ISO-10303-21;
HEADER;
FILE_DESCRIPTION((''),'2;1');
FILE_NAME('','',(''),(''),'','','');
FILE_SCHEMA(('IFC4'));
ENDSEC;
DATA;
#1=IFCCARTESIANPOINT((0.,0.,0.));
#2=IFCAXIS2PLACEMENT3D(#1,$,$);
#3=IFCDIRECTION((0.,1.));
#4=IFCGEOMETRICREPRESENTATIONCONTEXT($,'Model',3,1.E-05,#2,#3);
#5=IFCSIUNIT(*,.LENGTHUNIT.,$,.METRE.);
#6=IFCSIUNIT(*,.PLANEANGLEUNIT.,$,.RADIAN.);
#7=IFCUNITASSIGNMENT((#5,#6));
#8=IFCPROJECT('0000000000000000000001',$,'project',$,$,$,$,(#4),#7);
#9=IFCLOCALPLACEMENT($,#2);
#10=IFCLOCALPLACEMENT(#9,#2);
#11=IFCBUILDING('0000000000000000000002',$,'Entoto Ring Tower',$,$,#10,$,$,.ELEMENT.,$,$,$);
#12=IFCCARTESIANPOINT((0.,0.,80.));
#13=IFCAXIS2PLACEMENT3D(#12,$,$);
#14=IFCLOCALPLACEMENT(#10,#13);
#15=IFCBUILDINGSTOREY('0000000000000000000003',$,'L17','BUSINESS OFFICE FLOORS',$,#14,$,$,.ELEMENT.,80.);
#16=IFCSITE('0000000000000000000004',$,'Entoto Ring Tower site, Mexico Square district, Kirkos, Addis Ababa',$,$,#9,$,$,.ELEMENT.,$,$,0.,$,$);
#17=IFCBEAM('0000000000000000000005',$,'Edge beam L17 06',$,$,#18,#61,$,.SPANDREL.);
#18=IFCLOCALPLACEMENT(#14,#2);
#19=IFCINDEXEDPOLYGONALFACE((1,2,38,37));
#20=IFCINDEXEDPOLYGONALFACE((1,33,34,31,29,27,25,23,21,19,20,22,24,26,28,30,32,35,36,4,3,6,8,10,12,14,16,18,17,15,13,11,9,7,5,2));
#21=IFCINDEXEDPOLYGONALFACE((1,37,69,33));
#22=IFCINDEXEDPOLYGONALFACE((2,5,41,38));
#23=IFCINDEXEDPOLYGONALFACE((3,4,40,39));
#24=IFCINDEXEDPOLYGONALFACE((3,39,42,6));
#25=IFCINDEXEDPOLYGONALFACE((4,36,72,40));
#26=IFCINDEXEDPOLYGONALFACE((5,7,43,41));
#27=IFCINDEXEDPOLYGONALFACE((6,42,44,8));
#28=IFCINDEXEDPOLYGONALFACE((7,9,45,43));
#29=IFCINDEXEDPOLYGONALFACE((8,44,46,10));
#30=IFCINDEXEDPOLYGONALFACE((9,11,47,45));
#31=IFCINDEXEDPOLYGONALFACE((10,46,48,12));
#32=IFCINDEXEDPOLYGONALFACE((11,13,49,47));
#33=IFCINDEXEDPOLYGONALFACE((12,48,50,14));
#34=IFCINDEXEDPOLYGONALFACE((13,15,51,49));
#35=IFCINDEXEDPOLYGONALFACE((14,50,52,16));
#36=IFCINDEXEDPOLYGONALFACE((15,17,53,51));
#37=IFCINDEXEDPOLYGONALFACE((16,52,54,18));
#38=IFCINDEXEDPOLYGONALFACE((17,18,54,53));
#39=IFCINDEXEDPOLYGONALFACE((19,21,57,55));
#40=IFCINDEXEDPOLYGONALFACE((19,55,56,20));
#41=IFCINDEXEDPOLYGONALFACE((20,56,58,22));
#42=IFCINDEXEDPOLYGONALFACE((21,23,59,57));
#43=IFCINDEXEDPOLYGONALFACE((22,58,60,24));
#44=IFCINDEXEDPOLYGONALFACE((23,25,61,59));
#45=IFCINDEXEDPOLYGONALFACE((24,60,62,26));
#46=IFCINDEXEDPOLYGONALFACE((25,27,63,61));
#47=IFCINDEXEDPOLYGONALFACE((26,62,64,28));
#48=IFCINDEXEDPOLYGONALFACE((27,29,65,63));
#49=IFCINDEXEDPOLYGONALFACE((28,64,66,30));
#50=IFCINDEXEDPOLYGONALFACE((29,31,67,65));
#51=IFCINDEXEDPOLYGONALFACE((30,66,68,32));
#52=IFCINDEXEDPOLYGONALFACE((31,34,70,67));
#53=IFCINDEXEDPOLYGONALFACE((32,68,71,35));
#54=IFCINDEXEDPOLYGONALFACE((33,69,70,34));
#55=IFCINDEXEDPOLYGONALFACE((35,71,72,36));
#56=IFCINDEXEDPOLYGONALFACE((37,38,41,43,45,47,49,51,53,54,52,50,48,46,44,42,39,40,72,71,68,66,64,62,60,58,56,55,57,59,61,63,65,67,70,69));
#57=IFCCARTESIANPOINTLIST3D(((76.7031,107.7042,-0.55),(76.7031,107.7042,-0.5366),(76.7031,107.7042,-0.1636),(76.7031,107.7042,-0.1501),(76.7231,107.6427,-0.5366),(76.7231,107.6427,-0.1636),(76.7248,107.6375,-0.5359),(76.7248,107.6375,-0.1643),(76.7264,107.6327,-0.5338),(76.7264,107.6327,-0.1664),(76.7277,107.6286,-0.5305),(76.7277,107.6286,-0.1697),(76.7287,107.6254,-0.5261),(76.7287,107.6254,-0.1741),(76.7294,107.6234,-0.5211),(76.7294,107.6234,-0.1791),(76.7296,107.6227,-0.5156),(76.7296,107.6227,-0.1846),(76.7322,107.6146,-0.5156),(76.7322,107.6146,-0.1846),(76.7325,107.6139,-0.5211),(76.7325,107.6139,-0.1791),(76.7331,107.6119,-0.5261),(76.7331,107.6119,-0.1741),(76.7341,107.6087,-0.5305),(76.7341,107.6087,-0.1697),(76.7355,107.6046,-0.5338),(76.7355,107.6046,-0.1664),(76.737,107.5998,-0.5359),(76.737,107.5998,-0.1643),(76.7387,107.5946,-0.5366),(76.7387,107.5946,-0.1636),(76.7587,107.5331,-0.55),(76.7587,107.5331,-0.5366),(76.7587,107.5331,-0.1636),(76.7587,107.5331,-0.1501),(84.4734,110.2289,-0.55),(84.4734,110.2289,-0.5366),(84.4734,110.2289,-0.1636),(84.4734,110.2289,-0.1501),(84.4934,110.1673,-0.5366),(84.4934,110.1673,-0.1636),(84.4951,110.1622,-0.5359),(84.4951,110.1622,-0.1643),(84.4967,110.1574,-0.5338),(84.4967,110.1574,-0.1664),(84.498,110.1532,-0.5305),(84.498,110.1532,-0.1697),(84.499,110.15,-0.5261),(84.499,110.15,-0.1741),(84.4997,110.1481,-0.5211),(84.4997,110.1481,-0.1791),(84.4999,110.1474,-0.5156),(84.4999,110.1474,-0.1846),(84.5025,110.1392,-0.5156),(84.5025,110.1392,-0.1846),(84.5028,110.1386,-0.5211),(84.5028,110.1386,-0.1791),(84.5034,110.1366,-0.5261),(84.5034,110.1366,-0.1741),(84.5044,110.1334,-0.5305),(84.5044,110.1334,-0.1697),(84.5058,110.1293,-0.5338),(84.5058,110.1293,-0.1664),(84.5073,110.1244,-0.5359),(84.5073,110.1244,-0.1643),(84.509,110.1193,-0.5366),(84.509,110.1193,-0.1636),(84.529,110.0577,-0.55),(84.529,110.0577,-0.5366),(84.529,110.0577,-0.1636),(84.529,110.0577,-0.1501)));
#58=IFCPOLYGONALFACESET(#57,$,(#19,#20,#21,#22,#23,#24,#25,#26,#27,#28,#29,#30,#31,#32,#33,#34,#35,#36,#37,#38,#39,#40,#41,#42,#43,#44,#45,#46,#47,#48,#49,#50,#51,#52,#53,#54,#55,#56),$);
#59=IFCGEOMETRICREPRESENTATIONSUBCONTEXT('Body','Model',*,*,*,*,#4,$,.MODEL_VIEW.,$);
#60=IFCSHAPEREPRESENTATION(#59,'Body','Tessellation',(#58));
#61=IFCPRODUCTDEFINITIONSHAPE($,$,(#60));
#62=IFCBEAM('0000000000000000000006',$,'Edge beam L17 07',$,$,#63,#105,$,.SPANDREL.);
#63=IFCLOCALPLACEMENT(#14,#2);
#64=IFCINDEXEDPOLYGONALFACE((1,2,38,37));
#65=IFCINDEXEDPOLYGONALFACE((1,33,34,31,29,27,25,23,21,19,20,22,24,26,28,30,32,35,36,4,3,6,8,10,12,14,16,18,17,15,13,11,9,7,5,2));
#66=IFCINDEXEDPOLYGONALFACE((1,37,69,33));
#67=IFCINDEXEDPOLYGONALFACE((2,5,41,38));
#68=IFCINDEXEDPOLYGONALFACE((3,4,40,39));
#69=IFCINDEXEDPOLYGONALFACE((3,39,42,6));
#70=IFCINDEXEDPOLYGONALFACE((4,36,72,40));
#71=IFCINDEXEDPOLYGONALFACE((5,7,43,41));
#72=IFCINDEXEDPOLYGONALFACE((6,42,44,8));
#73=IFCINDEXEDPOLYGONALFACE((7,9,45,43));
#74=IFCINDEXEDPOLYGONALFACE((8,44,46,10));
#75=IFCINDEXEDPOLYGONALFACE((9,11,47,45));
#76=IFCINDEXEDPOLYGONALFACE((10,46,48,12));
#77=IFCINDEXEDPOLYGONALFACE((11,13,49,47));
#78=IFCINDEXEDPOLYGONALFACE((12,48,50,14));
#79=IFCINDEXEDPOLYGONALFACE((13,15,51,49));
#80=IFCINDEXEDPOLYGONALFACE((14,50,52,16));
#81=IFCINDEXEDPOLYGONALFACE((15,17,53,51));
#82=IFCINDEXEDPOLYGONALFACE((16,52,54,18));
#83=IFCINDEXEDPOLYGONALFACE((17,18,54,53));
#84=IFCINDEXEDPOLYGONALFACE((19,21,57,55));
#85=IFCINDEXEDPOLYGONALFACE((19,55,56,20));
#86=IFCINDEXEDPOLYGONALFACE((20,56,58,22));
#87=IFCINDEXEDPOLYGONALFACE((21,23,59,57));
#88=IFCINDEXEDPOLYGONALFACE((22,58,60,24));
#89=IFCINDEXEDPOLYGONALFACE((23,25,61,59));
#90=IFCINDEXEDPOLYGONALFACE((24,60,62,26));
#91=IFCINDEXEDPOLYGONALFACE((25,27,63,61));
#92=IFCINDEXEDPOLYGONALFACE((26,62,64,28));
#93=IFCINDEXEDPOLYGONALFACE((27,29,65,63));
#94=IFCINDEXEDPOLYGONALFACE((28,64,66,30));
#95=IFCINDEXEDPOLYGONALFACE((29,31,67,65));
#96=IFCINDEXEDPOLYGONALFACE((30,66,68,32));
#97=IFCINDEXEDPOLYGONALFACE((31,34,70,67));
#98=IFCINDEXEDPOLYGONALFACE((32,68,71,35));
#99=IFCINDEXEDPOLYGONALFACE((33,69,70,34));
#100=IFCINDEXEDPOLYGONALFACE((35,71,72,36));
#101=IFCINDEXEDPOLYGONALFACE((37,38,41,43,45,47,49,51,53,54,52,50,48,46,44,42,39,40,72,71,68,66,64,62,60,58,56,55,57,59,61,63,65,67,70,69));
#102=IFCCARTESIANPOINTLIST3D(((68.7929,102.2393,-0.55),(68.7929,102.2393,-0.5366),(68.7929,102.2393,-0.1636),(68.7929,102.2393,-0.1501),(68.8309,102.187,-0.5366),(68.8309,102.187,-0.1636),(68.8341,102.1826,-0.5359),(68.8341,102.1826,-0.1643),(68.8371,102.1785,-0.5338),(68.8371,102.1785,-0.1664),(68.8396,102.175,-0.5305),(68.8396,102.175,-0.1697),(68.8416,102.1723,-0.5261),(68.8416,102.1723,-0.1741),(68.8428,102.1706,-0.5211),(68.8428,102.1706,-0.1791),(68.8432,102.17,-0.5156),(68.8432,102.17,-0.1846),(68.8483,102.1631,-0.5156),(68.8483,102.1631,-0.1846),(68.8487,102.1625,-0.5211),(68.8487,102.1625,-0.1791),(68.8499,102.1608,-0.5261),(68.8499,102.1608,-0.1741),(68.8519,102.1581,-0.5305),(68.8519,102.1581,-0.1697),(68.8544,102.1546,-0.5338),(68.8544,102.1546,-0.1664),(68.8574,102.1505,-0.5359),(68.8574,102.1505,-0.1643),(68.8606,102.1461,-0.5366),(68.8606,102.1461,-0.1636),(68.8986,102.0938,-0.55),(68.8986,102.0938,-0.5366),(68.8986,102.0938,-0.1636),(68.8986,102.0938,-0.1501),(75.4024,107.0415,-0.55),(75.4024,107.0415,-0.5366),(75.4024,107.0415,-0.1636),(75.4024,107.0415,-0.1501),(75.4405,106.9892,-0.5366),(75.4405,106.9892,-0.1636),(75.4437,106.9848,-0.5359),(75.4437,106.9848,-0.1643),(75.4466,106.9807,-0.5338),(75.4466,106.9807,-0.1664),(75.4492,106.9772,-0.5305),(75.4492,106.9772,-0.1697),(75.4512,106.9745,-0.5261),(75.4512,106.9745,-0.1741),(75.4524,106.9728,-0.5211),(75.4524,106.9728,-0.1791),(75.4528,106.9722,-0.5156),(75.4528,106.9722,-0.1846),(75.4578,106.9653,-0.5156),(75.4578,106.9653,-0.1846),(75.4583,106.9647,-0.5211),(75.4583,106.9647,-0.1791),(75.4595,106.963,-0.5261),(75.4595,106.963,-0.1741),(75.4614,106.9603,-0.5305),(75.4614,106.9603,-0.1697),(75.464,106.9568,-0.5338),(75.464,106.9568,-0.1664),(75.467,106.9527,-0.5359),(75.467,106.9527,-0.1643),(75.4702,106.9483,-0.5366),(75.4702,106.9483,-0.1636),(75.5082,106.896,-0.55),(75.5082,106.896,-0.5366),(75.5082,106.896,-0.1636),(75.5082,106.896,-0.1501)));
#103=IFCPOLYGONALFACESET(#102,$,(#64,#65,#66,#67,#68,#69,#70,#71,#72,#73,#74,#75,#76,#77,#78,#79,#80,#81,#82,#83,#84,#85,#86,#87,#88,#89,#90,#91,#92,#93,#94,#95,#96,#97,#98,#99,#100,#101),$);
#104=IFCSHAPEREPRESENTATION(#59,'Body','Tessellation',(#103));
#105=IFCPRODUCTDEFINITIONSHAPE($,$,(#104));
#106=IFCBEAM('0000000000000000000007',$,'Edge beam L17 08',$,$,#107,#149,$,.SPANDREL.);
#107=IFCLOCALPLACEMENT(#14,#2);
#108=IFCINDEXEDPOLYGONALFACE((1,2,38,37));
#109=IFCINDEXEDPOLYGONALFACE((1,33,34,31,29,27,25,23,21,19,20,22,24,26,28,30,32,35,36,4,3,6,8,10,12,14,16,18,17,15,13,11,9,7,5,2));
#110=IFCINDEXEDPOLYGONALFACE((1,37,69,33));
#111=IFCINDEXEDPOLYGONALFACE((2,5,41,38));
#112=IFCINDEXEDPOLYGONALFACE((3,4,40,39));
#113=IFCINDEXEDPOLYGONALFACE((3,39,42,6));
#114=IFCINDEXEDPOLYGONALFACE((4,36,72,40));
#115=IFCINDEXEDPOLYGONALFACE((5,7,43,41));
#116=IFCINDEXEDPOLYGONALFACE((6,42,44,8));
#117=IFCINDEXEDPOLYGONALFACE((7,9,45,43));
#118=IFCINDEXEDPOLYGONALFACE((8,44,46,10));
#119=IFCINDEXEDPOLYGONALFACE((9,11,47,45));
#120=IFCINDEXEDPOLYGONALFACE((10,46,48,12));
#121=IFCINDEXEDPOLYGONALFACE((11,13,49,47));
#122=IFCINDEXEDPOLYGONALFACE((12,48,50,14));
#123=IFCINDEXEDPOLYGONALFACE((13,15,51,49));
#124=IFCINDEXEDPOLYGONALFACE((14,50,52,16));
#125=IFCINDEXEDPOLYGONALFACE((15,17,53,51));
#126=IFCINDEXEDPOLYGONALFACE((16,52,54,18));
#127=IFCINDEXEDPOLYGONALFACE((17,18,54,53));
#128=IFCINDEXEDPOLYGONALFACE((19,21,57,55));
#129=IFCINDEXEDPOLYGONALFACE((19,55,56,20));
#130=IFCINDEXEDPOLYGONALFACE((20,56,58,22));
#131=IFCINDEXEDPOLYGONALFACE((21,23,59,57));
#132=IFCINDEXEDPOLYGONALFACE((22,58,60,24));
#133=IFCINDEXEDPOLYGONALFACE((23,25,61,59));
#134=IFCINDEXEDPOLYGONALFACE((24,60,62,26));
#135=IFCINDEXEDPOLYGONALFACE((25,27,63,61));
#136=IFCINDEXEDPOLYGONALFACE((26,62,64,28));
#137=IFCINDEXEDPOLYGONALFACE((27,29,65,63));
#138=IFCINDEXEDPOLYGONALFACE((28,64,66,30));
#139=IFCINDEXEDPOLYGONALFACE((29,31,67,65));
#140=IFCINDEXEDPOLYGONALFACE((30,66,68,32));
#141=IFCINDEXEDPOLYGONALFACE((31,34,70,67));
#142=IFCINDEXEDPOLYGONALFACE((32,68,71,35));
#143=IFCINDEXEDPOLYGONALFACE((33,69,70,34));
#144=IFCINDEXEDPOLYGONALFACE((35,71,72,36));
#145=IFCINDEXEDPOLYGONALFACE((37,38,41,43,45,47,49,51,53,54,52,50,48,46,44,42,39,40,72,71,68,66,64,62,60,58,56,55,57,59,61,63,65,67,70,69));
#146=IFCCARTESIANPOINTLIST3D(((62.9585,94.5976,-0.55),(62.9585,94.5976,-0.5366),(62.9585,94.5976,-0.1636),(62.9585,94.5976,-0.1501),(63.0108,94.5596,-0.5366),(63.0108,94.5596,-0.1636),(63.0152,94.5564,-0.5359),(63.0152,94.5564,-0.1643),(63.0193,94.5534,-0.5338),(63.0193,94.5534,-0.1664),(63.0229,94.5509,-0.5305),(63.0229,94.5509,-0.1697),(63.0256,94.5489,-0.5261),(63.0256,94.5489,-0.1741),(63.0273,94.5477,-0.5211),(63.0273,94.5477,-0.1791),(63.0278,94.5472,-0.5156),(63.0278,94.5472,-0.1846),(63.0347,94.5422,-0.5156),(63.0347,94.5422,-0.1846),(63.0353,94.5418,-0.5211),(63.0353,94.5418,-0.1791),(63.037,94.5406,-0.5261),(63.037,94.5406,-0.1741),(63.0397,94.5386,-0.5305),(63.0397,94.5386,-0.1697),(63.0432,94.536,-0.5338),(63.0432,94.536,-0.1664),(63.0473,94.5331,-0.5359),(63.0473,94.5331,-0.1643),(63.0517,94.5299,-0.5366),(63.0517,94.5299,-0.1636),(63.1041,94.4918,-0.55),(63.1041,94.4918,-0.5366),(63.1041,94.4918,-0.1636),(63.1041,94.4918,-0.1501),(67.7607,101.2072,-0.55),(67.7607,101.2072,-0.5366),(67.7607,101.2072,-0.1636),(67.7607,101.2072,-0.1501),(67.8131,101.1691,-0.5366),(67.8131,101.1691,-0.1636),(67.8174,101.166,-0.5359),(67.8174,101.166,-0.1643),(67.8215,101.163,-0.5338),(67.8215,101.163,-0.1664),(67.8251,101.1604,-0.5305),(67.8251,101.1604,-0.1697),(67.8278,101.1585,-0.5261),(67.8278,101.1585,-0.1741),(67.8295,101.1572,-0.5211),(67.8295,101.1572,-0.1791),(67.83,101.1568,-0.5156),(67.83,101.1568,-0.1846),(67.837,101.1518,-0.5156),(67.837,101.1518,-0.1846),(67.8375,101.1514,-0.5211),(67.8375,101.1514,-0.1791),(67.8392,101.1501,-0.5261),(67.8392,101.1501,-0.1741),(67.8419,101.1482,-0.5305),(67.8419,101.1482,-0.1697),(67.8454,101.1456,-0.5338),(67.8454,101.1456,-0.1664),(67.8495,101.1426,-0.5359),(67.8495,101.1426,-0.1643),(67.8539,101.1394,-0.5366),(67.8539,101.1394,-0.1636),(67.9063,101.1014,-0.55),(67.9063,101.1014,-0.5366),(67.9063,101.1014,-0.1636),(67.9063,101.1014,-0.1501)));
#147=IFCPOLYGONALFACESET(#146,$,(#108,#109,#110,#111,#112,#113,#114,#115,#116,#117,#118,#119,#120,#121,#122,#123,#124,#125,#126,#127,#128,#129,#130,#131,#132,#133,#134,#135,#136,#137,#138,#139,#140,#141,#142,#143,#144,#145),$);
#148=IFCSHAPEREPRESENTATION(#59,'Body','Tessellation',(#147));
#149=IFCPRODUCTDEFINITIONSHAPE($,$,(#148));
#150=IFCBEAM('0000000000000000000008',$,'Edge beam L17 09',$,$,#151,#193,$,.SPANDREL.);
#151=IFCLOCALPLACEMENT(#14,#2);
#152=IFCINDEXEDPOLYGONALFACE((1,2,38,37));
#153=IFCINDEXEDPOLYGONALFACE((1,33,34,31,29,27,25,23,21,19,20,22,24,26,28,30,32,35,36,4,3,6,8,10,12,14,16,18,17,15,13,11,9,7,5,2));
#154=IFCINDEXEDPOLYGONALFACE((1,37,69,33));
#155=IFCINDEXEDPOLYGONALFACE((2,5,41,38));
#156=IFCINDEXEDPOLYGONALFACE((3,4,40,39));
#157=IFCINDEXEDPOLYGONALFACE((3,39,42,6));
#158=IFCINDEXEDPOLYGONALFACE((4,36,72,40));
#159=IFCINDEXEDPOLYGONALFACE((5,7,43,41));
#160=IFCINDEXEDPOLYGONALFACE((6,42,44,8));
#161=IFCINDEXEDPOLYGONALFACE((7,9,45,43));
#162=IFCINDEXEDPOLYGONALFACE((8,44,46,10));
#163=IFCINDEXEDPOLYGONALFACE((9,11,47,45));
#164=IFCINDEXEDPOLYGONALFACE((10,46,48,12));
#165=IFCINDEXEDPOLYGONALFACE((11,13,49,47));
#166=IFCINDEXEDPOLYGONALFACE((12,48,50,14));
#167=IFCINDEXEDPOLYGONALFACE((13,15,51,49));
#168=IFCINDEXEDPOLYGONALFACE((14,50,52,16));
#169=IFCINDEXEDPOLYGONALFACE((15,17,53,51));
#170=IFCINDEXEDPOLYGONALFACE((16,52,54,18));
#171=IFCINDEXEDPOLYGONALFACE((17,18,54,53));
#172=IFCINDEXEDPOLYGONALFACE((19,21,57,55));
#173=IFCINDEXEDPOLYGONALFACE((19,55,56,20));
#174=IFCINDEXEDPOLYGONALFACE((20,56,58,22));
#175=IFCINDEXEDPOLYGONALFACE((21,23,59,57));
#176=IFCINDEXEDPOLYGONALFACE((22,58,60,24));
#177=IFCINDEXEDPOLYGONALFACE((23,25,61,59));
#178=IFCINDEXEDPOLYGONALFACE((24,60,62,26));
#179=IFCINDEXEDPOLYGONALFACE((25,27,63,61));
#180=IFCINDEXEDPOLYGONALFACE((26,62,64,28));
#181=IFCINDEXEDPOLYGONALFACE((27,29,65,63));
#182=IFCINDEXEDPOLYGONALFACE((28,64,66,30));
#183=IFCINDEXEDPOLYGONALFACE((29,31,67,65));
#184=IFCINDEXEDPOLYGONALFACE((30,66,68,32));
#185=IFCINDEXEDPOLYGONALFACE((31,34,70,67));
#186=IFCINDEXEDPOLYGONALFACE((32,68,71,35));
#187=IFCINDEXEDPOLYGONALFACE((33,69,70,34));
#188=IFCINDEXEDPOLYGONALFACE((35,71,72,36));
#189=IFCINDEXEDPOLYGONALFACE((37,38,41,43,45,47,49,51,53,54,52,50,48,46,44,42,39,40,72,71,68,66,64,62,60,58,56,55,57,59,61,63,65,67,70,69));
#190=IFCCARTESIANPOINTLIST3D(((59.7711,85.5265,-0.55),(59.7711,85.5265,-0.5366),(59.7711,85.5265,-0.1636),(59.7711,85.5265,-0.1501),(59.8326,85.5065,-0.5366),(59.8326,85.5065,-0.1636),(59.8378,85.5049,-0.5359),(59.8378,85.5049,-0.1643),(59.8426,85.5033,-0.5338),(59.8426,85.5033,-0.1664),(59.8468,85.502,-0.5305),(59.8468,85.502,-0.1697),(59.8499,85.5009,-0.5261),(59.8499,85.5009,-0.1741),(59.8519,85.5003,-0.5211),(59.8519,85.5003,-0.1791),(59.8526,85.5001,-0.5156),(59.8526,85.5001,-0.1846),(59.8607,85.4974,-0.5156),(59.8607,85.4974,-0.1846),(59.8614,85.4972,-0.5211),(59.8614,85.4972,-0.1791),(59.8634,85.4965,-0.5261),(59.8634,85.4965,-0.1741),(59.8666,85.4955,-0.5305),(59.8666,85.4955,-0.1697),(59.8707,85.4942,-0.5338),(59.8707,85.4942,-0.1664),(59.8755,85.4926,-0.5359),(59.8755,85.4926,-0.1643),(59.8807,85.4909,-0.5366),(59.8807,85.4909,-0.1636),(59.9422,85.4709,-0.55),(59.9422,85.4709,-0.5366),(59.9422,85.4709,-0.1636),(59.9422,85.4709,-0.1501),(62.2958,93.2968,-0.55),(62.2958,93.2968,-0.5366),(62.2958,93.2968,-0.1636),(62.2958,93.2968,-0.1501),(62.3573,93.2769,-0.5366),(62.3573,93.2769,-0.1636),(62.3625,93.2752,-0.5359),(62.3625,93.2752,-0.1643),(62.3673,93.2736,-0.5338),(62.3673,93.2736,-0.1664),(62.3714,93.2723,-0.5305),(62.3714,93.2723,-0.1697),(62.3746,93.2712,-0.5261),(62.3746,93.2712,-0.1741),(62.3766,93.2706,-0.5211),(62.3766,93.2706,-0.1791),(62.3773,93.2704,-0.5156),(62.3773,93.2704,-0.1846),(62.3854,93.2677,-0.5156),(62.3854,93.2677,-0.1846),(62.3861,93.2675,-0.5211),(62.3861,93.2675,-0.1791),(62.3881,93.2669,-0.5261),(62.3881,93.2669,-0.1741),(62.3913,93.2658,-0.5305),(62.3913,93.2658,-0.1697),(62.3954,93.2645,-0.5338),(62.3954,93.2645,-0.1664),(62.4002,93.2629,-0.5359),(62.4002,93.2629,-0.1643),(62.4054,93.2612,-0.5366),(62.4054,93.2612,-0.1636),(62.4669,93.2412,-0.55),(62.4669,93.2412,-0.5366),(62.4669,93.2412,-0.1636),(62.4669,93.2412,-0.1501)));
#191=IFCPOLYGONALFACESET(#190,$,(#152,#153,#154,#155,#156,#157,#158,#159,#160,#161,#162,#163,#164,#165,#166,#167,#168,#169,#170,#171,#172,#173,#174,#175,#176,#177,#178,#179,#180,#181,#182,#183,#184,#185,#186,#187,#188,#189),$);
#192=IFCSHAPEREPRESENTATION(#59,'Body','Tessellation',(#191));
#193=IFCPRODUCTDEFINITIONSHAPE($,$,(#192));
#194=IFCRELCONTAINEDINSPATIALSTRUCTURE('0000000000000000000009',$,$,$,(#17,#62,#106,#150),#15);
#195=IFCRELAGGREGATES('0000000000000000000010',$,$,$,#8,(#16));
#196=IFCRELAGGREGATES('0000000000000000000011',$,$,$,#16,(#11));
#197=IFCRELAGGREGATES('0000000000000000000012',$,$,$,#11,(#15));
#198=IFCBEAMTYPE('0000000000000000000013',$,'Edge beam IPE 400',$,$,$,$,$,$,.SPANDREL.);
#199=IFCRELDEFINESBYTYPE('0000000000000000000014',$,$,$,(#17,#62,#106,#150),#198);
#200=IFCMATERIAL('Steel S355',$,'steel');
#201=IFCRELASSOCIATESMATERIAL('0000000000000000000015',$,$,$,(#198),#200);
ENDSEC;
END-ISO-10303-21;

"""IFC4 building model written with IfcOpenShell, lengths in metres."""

from ifc_helpers import new_model, si_unit, direction, frame, origin, origin_2d, place, context, subcontext, project, spatial, i_section, extrude, material, material_profile, profile_set, type_object, element, save


model = new_model("IFC4")

# Units and contexts
model_context = context("Model", 3, precision=1e-05, world=origin(), true_north=direction((0.0, 1.0)))
body_context = subcontext(model_context, "Body", "Model", "MODEL_VIEW")
ifc_project = project(units=[si_unit("LENGTHUNIT", "METRE"), si_unit("PLANEANGLEUNIT", "RADIAN")], contexts=[model_context])

# Site, building, storey
site_placement = place(None, origin())
site = spatial("IfcSite", under=ifc_project, at=site_placement, Name="Entoto Ring Tower site, Mexico Square district, Kirkos, Addis Ababa", CompositionType="ELEMENT", RefElevation=0.0)
building_placement = place(site_placement, origin())
building = spatial("IfcBuilding", under=site, at=building_placement, Name="Entoto Ring Tower", CompositionType="ELEMENT")
storey_placement = place(building_placement, frame((0.0, 0.0, 80.0)))
storey = spatial("IfcBuildingStorey", under=building, at=storey_placement, Name="L17", Description="BUSINESS OFFICE FLOORS", CompositionType="ELEMENT", Elevation=80.0)

# Beams
ifc_material_1 = material(Name="Steel S355", Category="steel")
ifc_material_profile_1 = material_profile(ifc_material_1, i_section(OverallWidth=0.1799, OverallDepth=0.3999, WebThickness=0.0085, FlangeThickness=0.0134, FilletRadius=0.021, at=origin_2d()), Name="IPE 400")
ifc_profile_set_1 = profile_set([ifc_material_profile_1], Name="Steel S355")
beam_type_1 = type_object("IfcBeamType", Name="Edge beam IPE 400", PredefinedType="SPANDREL", material=ifc_profile_set_1)
beam_1_placement = place(storey_placement, frame((84.5012, 110.1433, -0.3501), z_axis=(-0.951058, -0.309011, 0.0), x_axis=(0.309011, -0.951058, 0.0)))
element("IfcBeam", 1, at=beam_1_placement, inside=storey, type_object=beam_type_1, Name="Edge beam L17 06", PredefinedType="SPANDREL", context=body_context, shape_type="SweptSolid", body=[
    extrude(i_section(OverallWidth=0.1799, OverallDepth=0.3999, WebThickness=0.0085, FlangeThickness=0.0134, FilletRadius=0.021, at=origin_2d()), origin(), (0.0, 0.0, 1.0), 8.1702),
])
for number, where, z_axis, x_axis, name in (
    (2, (75.4553, 106.9688, -0.3501), (-0.809013, -0.587791, 0.0), (0.587791, -0.809013, 0.0), "Edge beam L17 07"),
    (3, (67.8335, 101.1543, -0.3501), (-0.587791, -0.809013, 0.0), (0.809013, -0.587791, 0.0), "Edge beam L17 08"),
):
    element("IfcBeam", number, at=place(storey_placement, frame(where, z_axis=z_axis, x_axis=x_axis)), inside=storey, type_object=beam_type_1, Name=name, PredefinedType="SPANDREL", context=body_context, shape_type="SweptSolid", body=[
        extrude(i_section(OverallWidth=0.1799, OverallDepth=0.3999, WebThickness=0.0085, FlangeThickness=0.0134, FilletRadius=0.021, at=origin_2d()), origin(), (0.0, 0.0, 1.0), 8.1699),
    ])
beam_2_placement = place(storey_placement, frame((62.3813, 93.269, -0.3501), z_axis=(-0.309011, -0.951058, 0.0), x_axis=(0.951058, -0.309011, 0.0)))
element("IfcBeam", 4, at=beam_2_placement, inside=storey, type_object=beam_type_1, Name="Edge beam L17 09", PredefinedType="SPANDREL", context=body_context, shape_type="SweptSolid", body=[
    extrude(i_section(OverallWidth=0.1799, OverallDepth=0.3999, WebThickness=0.0085, FlangeThickness=0.0134, FilletRadius=0.021, at=origin_2d()), origin(), (0.0, 0.0, 1.0), 8.1702),
])

save(model, "model.ifc")
